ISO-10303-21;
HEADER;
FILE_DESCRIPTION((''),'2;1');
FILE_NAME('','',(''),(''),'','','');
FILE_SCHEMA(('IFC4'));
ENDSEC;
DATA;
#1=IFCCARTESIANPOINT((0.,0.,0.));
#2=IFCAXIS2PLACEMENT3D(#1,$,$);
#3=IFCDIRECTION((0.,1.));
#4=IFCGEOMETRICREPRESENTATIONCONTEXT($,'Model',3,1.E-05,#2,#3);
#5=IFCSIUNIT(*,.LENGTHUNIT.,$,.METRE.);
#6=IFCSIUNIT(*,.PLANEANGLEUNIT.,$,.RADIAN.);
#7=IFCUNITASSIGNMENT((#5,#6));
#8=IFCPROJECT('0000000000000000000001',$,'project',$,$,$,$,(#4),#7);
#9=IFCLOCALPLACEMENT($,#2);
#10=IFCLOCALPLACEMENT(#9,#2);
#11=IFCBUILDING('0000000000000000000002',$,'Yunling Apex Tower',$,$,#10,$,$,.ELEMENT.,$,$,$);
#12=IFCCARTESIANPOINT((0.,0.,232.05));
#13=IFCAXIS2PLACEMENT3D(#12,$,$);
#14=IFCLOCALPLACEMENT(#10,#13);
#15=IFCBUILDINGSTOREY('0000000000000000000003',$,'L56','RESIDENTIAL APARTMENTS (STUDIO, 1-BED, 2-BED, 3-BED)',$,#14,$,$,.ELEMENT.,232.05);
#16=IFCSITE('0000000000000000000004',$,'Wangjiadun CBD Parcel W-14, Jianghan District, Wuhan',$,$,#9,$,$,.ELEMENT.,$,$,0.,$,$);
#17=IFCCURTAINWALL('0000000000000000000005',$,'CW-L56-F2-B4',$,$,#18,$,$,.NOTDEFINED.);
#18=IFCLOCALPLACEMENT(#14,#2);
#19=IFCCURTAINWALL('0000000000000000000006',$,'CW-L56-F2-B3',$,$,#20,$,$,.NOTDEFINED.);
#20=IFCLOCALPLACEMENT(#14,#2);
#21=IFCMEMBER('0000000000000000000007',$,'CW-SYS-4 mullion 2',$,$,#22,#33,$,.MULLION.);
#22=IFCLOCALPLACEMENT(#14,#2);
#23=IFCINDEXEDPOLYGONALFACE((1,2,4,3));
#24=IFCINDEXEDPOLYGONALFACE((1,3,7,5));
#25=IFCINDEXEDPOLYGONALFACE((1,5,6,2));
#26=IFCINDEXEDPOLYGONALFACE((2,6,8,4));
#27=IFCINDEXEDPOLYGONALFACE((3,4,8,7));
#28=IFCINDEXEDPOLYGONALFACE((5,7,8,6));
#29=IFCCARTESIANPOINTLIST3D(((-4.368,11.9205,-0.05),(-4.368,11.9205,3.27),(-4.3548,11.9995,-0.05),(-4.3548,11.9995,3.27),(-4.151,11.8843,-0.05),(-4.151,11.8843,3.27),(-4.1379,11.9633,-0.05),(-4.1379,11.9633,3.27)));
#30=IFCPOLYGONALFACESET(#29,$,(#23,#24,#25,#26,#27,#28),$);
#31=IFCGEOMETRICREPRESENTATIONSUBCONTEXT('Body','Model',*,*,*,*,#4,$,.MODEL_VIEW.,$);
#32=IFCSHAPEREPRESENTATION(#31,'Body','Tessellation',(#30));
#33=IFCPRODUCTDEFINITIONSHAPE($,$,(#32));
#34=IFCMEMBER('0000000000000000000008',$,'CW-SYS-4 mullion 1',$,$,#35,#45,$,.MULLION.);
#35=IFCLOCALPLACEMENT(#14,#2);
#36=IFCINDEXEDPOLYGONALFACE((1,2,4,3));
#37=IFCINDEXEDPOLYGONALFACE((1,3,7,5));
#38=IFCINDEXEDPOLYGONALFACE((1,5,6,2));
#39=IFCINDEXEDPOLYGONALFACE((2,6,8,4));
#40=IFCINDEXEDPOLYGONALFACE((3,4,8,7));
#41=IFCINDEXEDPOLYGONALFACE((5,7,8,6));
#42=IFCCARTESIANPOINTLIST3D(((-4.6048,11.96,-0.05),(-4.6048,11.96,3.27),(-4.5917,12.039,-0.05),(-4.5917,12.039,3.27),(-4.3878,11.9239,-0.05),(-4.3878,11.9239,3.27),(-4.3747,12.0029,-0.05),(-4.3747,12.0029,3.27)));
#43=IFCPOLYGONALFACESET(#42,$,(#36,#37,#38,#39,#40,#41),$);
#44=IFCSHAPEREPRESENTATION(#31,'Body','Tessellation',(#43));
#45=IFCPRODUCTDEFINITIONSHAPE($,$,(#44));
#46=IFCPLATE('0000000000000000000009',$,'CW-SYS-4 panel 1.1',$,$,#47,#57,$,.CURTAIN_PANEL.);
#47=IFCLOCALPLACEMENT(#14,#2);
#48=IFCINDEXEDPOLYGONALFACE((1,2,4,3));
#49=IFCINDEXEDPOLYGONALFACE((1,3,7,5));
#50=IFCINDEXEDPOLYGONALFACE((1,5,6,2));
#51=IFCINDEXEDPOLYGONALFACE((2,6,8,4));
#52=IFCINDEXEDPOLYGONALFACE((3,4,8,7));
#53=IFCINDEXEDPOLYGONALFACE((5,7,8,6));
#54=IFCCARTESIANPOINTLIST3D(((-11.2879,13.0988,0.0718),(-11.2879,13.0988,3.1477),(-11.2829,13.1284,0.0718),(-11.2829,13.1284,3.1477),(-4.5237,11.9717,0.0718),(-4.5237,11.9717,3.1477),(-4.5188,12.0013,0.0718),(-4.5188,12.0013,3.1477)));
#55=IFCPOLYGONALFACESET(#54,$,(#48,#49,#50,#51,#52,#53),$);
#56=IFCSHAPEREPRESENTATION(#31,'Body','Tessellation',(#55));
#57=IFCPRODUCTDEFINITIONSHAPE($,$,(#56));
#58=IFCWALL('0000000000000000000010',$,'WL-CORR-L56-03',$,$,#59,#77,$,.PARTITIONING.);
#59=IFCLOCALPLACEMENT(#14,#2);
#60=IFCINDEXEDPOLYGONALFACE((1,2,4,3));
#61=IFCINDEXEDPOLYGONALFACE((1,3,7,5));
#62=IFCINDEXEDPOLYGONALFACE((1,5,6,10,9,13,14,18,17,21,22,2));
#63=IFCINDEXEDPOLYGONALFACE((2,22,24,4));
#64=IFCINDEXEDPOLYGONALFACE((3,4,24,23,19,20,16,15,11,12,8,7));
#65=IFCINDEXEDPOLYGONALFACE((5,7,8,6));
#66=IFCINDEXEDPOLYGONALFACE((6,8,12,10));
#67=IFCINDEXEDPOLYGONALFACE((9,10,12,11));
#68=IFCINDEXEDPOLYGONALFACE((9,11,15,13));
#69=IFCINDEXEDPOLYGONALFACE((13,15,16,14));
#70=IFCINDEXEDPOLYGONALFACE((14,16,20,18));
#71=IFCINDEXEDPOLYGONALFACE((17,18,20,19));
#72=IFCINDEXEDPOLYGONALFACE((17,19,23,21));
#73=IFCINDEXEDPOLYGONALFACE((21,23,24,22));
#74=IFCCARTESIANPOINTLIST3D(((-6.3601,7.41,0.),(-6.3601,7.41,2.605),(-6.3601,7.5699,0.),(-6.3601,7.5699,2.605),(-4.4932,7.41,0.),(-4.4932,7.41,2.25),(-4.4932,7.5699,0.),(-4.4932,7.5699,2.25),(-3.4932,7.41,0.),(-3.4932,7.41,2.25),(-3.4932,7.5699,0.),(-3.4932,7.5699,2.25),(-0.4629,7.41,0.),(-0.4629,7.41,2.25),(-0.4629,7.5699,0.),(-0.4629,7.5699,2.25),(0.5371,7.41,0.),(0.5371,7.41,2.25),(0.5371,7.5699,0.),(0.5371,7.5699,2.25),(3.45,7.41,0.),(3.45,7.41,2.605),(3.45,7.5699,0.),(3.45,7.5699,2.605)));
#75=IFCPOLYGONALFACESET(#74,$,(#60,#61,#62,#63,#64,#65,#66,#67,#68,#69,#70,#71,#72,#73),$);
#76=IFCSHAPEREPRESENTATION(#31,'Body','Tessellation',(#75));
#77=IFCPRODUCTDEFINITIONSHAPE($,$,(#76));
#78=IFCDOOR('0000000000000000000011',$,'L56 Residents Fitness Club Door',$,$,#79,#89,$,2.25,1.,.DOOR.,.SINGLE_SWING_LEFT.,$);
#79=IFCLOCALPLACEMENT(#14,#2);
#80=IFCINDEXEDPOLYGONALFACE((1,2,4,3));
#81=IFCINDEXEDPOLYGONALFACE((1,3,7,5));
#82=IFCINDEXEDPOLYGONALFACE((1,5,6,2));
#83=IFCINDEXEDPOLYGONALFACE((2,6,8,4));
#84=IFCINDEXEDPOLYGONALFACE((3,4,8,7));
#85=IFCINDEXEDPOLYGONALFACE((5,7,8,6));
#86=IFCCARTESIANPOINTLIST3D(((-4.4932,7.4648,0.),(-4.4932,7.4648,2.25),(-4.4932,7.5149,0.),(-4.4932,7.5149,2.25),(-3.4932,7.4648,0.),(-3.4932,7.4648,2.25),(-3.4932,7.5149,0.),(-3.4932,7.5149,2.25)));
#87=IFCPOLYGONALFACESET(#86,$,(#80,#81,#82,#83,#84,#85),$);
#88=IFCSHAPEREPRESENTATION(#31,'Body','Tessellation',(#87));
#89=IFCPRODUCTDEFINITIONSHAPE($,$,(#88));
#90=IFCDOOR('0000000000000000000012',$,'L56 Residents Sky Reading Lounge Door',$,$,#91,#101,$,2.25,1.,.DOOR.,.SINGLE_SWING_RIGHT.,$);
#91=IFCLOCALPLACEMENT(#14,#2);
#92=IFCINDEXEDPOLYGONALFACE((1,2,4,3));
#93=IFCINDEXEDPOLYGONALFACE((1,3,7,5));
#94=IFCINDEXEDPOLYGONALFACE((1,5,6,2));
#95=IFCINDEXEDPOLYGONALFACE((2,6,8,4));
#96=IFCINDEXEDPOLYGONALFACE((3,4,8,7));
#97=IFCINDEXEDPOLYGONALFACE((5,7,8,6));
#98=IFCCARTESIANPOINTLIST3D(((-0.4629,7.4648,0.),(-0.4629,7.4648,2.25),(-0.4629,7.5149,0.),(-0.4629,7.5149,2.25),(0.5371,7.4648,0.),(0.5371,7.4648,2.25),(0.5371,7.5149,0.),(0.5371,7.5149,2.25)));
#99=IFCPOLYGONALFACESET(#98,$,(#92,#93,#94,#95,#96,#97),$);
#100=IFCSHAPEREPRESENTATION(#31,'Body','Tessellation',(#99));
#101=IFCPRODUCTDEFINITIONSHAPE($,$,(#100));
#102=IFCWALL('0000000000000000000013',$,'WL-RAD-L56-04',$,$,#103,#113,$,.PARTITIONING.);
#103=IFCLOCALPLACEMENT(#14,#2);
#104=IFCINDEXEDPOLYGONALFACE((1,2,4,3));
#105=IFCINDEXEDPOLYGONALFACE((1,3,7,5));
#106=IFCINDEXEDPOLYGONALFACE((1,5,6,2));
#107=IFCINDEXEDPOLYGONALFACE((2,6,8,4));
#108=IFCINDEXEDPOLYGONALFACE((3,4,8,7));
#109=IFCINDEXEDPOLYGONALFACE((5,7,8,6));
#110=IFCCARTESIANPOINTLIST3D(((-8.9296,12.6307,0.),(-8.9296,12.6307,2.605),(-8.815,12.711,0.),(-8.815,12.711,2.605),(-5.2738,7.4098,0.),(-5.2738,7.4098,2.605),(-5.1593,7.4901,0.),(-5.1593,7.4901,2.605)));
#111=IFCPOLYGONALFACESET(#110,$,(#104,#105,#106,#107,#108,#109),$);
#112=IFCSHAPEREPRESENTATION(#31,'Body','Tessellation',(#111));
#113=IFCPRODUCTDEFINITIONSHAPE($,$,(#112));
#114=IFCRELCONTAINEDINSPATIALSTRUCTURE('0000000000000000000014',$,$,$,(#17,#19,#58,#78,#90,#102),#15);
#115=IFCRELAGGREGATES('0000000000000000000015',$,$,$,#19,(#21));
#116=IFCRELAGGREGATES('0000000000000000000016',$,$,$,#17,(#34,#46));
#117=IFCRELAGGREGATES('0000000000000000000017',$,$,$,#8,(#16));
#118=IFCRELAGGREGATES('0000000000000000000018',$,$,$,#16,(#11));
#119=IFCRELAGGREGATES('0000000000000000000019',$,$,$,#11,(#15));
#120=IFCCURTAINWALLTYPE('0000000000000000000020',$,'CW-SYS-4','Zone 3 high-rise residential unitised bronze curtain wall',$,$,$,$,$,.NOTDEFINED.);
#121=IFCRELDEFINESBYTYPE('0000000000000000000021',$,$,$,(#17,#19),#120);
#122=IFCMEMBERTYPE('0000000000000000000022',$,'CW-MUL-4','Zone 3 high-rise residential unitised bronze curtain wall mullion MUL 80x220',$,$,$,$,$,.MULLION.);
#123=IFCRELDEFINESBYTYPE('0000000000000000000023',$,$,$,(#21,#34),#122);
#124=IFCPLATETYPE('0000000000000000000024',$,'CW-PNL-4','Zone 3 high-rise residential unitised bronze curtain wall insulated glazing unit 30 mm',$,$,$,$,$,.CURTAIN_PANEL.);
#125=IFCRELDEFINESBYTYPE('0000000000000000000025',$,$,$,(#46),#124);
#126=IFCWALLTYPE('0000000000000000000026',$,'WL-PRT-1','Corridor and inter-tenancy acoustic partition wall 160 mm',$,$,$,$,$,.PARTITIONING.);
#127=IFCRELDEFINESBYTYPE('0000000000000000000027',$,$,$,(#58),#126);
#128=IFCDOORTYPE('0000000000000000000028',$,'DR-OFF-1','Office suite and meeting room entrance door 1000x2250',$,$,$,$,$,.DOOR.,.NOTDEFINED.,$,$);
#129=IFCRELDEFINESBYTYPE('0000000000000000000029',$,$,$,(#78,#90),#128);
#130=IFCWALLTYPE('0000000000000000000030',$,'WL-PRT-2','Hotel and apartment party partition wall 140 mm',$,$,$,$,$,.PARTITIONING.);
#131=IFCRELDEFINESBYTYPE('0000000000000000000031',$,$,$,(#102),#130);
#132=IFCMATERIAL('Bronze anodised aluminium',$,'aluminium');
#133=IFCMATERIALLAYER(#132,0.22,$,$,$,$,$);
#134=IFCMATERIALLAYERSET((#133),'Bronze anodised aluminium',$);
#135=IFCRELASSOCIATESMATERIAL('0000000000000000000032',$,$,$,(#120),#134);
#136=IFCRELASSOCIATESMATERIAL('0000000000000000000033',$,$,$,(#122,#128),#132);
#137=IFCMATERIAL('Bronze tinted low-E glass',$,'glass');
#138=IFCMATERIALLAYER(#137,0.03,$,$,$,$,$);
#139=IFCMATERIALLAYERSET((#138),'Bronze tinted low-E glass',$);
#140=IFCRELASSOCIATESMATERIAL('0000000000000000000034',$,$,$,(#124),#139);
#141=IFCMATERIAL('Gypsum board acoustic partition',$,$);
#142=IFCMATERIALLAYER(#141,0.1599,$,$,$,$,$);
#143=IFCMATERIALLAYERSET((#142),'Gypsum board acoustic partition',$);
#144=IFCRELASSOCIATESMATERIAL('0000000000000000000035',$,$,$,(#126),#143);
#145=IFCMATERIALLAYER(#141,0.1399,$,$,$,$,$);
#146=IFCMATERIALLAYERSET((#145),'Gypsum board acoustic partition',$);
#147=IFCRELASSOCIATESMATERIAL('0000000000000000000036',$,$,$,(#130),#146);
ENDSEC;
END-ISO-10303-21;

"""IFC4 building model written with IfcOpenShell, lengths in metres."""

from ifc_helpers import new_model, si_unit, direction, frame, frame_2d, origin, origin_2d, place, context, subcontext, project, spatial, rectangle, extrude, source, transform, mapped, material, layer, layer_set, material_profile, profile_set, type_object, element, fill, aggregate, save


model = new_model("IFC4")

# Units and contexts
model_context = context("Model", 3, precision=1e-05, world=origin(), true_north=direction((0.0, 1.0)))
body_context = subcontext(model_context, "Body", "Model", "MODEL_VIEW")
ifc_project = project(units=[si_unit("LENGTHUNIT", "METRE"), si_unit("PLANEANGLEUNIT", "RADIAN")], contexts=[model_context])

# Site, building, storey
site_placement = place(None, origin())
site = spatial("IfcSite", under=ifc_project, at=site_placement, Name="Wangjiadun CBD Parcel W-14, Jianghan District, Wuhan", CompositionType="ELEMENT", RefElevation=0.0)
building_placement = place(site_placement, origin())
building = spatial("IfcBuilding", under=site, at=building_placement, Name="Yunling Apex Tower", CompositionType="ELEMENT")
storey_placement = place(building_placement, frame((0.0, 0.0, 232.05)))
storey = spatial("IfcBuildingStorey", under=building, at=storey_placement, Name="L56", Description="RESIDENTIAL APARTMENTS (STUDIO, 1-BED, 2-BED, 3-BED)", CompositionType="ELEMENT", Elevation=232.05)

# Curtain wall
ifc_material_1 = material(Name="Bronze anodised aluminium", Category="aluminium")
ifc_layer_1 = layer(ifc_material_1, 0.22)
ifc_layer_set_1 = layer_set([ifc_layer_1], Name="Bronze anodised aluminium")
curtain_wall_type = type_object("IfcCurtainWallType", Name="CW-SYS-4", Description="Zone 3 high-rise residential unitised bronze curtain wall", PredefinedType="NOTDEFINED", material=ifc_layer_set_1)
curtain_wall_1_placement = place(storey_placement, origin())
curtain_wall_1 = element("IfcCurtainWall", 1, at=curtain_wall_1_placement, inside=storey, type_object=curtain_wall_type, Name="CW-L56-F2-B4", PredefinedType="NOTDEFINED")

# Curtain wall, member
curtain_wall_2_placement = place(storey_placement, origin())
curtain_wall_2 = element("IfcCurtainWall", 2, at=curtain_wall_2_placement, inside=storey, type_object=curtain_wall_type, Name="CW-L56-F2-B3", PredefinedType="NOTDEFINED")
ifc_material_profile_1 = material_profile(ifc_material_1, rectangle(XDim=0.0801, YDim=0.22, at=origin_2d()))
ifc_profile_set_1 = profile_set([ifc_material_profile_1], Name="Bronze anodised aluminium")
member_type_1 = type_object("IfcMemberType", Name="CW-MUL-4", Description="Zone 3 high-rise residential unitised bronze curtain wall mullion MUL 80x220", PredefinedType="MULLION", material=ifc_profile_set_1)
shared_shape_1 = source(origin(), body_context, "Body", "SweptSolid", [
    extrude(rectangle(XDim=0.0801, YDim=0.22, at=origin_2d()), origin(), (0.0, 0.0, 1.0), 3.3201),
])
member_1_placement = place(storey_placement, frame((-4.2529, 11.9419, -0.05), z_axis=(0.0, 0.0, 1.0), x_axis=(-0.164353, -0.986402, 0.0)))
member_1 = element("IfcMember", 3, at=member_1_placement, type_object=member_type_1, Name="CW-SYS-4 mullion 2", PredefinedType="MULLION", context=body_context, shape_type="MappedRepresentation", body=[
    mapped(shared_shape_1, transform((0.0, 0.0, 0.0), scale=1.0)),
])
aggregate(curtain_wall_2, [member_1])

# Member
member_2_placement = place(storey_placement, frame((-4.4897, 11.9814, -0.05), z_axis=(0.0, 0.0, 1.0), x_axis=(-0.164353, -0.986402, 0.0)))
member_2 = element("IfcMember", 4, at=member_2_placement, type_object=member_type_1, Name="CW-SYS-4 mullion 1", PredefinedType="MULLION", context=body_context, shape_type="MappedRepresentation", body=[
    mapped(shared_shape_1, transform((0.0, 0.0, 0.0), scale=1.0)),
])

# Plate
ifc_material_2 = material(Name="Bronze tinted low-E glass", Category="glass")
ifc_layer_2 = layer(ifc_material_2, 0.03)
ifc_layer_set_2 = layer_set([ifc_layer_2], Name="Bronze tinted low-E glass")
plate_type = type_object("IfcPlateType", Name="CW-PNL-4", Description="Zone 3 high-rise residential unitised bronze curtain wall insulated glazing unit 30 mm", PredefinedType="CURTAIN_PANEL", material=ifc_layer_set_2)
shared_shape_2 = source(origin(), body_context, "Body", "SweptSolid", [
    extrude(rectangle(XDim=6.8574, YDim=0.03, at=origin_2d()), origin(), (0.0, 0.0, 1.0), 3.0759),
])
plate_placement = place(storey_placement, frame((-7.9033, 12.55, 0.0718), z_axis=(0.0, 0.0, 1.0), x_axis=(-0.986402, 0.164353, 0.0)))
plate = element("IfcPlate", 5, at=plate_placement, type_object=plate_type, Name="CW-SYS-4 panel 1.1", PredefinedType="CURTAIN_PANEL", context=body_context, shape_type="MappedRepresentation", body=[
    mapped(shared_shape_2, transform((0.0, 0.0, 0.0), scale=1.0)),
])
aggregate(curtain_wall_1, [member_2, plate])

# Shared definitions
ifc_material_3 = material(Name="Gypsum board acoustic partition")
ifc_layer_3 = layer(ifc_material_3, 0.1599)
ifc_layer_set_3 = layer_set([ifc_layer_3], Name="Gypsum board acoustic partition")
wall_type_1 = type_object("IfcWallType", Name="WL-PRT-1", Description="Corridor and inter-tenancy acoustic partition wall 160 mm", PredefinedType="PARTITIONING", material=ifc_layer_set_3)

# Wall, openings, doors
wall_1_placement = place(storey_placement, frame((-6.3601, 7.49, 0.0), z_axis=(0.0, 0.0, 1.0), x_axis=(1.0, 0.0, 0.0)))
wall_1 = element("IfcWall", 6, at=wall_1_placement, inside=storey, type_object=wall_type_1, Name="WL-CORR-L56-03", PredefinedType="PARTITIONING", context=body_context, shape_type="SweptSolid", body=[
    extrude(rectangle(XDim=9.8101, YDim=0.1599, at=frame_2d((4.905, 0.0))), origin(), (0.0, 0.0, 1.0), 2.605),
])
opening_1_placement = place(wall_1_placement, frame((1.8669, 0.0, 0.0)))
opening_1 = element("IfcOpeningElement", 7, at=opening_1_placement, cuts=wall_1, PredefinedType="OPENING", context=body_context, shape_type="SweptSolid", body=[
    extrude(rectangle(XDim=1.0, YDim=2.25, at=frame_2d((0.5, 1.125))), frame((0.0, 0.0898, 0.0), z_axis=(0.0, -1.0, 0.0), x_axis=(1.0, 0.0, 0.0)), (0.0, 0.0, 1.0), 0.1799),
])
opening_2_placement = place(wall_1_placement, frame((5.8972, 0.0, 0.0)))
opening_2 = element("IfcOpeningElement", 8, at=opening_2_placement, cuts=wall_1, PredefinedType="OPENING", context=body_context, shape_type="SweptSolid", body=[
    extrude(rectangle(XDim=1.0, YDim=2.25, at=frame_2d((0.5, 1.125))), frame((0.0, 0.0898, 0.0), z_axis=(0.0, -1.0, 0.0), x_axis=(1.0, 0.0, 0.0)), (0.0, 0.0, 1.0), 0.1799),
])
door_type = type_object("IfcDoorType", Name="DR-OFF-1", Description="Office suite and meeting room entrance door 1000x2250", OperationType="NOTDEFINED", PredefinedType="DOOR", material=ifc_material_1)
door_1_placement = place(opening_1_placement, origin())
door_1 = element("IfcDoor", 9, at=door_1_placement, inside=storey, type_object=door_type, Name="L56 Residents Fitness Club Door", OperationType="SINGLE_SWING_LEFT", OverallHeight=2.25, OverallWidth=1.0, PredefinedType="DOOR", context=body_context, shape_type="SweptSolid", body=[
    extrude(rectangle(XDim=1.0, YDim=2.25, at=frame_2d((0.5, 1.125))), frame((0.0, 0.0249, 0.0), z_axis=(0.0, -1.0, 0.0), x_axis=(1.0, 0.0, 0.0)), (0.0, 0.0, 1.0), 0.05),
])
fill(opening_1, door_1)
door_2_placement = place(opening_2_placement, origin())
door_2 = element("IfcDoor", 10, at=door_2_placement, inside=storey, type_object=door_type, Name="L56 Residents Sky Reading Lounge Door", OperationType="SINGLE_SWING_RIGHT", OverallHeight=2.25, OverallWidth=1.0, PredefinedType="DOOR", context=body_context, shape_type="SweptSolid", body=[
    extrude(rectangle(XDim=1.0, YDim=2.25, at=frame_2d((0.5, 1.125))), frame((0.0, 0.0249, 0.0), z_axis=(0.0, -1.0, 0.0), x_axis=(1.0, 0.0, 0.0)), (0.0, 0.0, 1.0), 0.05),
])
fill(opening_2, door_2)

# Wall
ifc_layer_4 = layer(ifc_material_3, 0.1399)
ifc_layer_set_4 = layer_set([ifc_layer_4], Name="Gypsum board acoustic partition")
wall_type_2 = type_object("IfcWallType", Name="WL-PRT-2", Description="Hotel and apartment party partition wall 140 mm", PredefinedType="PARTITIONING", material=ifc_layer_set_4)
wall_2_placement = place(storey_placement, frame((-5.2166, 7.45, 0.0), z_axis=(0.0, 0.0, 1.0), x_axis=(-0.573578, 0.819151, 0.0)))
element("IfcWall", 11, at=wall_2_placement, inside=storey, type_object=wall_type_2, Name="WL-RAD-L56-04", PredefinedType="PARTITIONING", context=body_context, shape_type="SweptSolid", body=[
    extrude(rectangle(XDim=6.3735, YDim=0.1399, at=frame_2d((3.1868, 0.0))), origin(), (0.0, 0.0, 1.0), 2.605),
])

save(model, "model.ifc")
